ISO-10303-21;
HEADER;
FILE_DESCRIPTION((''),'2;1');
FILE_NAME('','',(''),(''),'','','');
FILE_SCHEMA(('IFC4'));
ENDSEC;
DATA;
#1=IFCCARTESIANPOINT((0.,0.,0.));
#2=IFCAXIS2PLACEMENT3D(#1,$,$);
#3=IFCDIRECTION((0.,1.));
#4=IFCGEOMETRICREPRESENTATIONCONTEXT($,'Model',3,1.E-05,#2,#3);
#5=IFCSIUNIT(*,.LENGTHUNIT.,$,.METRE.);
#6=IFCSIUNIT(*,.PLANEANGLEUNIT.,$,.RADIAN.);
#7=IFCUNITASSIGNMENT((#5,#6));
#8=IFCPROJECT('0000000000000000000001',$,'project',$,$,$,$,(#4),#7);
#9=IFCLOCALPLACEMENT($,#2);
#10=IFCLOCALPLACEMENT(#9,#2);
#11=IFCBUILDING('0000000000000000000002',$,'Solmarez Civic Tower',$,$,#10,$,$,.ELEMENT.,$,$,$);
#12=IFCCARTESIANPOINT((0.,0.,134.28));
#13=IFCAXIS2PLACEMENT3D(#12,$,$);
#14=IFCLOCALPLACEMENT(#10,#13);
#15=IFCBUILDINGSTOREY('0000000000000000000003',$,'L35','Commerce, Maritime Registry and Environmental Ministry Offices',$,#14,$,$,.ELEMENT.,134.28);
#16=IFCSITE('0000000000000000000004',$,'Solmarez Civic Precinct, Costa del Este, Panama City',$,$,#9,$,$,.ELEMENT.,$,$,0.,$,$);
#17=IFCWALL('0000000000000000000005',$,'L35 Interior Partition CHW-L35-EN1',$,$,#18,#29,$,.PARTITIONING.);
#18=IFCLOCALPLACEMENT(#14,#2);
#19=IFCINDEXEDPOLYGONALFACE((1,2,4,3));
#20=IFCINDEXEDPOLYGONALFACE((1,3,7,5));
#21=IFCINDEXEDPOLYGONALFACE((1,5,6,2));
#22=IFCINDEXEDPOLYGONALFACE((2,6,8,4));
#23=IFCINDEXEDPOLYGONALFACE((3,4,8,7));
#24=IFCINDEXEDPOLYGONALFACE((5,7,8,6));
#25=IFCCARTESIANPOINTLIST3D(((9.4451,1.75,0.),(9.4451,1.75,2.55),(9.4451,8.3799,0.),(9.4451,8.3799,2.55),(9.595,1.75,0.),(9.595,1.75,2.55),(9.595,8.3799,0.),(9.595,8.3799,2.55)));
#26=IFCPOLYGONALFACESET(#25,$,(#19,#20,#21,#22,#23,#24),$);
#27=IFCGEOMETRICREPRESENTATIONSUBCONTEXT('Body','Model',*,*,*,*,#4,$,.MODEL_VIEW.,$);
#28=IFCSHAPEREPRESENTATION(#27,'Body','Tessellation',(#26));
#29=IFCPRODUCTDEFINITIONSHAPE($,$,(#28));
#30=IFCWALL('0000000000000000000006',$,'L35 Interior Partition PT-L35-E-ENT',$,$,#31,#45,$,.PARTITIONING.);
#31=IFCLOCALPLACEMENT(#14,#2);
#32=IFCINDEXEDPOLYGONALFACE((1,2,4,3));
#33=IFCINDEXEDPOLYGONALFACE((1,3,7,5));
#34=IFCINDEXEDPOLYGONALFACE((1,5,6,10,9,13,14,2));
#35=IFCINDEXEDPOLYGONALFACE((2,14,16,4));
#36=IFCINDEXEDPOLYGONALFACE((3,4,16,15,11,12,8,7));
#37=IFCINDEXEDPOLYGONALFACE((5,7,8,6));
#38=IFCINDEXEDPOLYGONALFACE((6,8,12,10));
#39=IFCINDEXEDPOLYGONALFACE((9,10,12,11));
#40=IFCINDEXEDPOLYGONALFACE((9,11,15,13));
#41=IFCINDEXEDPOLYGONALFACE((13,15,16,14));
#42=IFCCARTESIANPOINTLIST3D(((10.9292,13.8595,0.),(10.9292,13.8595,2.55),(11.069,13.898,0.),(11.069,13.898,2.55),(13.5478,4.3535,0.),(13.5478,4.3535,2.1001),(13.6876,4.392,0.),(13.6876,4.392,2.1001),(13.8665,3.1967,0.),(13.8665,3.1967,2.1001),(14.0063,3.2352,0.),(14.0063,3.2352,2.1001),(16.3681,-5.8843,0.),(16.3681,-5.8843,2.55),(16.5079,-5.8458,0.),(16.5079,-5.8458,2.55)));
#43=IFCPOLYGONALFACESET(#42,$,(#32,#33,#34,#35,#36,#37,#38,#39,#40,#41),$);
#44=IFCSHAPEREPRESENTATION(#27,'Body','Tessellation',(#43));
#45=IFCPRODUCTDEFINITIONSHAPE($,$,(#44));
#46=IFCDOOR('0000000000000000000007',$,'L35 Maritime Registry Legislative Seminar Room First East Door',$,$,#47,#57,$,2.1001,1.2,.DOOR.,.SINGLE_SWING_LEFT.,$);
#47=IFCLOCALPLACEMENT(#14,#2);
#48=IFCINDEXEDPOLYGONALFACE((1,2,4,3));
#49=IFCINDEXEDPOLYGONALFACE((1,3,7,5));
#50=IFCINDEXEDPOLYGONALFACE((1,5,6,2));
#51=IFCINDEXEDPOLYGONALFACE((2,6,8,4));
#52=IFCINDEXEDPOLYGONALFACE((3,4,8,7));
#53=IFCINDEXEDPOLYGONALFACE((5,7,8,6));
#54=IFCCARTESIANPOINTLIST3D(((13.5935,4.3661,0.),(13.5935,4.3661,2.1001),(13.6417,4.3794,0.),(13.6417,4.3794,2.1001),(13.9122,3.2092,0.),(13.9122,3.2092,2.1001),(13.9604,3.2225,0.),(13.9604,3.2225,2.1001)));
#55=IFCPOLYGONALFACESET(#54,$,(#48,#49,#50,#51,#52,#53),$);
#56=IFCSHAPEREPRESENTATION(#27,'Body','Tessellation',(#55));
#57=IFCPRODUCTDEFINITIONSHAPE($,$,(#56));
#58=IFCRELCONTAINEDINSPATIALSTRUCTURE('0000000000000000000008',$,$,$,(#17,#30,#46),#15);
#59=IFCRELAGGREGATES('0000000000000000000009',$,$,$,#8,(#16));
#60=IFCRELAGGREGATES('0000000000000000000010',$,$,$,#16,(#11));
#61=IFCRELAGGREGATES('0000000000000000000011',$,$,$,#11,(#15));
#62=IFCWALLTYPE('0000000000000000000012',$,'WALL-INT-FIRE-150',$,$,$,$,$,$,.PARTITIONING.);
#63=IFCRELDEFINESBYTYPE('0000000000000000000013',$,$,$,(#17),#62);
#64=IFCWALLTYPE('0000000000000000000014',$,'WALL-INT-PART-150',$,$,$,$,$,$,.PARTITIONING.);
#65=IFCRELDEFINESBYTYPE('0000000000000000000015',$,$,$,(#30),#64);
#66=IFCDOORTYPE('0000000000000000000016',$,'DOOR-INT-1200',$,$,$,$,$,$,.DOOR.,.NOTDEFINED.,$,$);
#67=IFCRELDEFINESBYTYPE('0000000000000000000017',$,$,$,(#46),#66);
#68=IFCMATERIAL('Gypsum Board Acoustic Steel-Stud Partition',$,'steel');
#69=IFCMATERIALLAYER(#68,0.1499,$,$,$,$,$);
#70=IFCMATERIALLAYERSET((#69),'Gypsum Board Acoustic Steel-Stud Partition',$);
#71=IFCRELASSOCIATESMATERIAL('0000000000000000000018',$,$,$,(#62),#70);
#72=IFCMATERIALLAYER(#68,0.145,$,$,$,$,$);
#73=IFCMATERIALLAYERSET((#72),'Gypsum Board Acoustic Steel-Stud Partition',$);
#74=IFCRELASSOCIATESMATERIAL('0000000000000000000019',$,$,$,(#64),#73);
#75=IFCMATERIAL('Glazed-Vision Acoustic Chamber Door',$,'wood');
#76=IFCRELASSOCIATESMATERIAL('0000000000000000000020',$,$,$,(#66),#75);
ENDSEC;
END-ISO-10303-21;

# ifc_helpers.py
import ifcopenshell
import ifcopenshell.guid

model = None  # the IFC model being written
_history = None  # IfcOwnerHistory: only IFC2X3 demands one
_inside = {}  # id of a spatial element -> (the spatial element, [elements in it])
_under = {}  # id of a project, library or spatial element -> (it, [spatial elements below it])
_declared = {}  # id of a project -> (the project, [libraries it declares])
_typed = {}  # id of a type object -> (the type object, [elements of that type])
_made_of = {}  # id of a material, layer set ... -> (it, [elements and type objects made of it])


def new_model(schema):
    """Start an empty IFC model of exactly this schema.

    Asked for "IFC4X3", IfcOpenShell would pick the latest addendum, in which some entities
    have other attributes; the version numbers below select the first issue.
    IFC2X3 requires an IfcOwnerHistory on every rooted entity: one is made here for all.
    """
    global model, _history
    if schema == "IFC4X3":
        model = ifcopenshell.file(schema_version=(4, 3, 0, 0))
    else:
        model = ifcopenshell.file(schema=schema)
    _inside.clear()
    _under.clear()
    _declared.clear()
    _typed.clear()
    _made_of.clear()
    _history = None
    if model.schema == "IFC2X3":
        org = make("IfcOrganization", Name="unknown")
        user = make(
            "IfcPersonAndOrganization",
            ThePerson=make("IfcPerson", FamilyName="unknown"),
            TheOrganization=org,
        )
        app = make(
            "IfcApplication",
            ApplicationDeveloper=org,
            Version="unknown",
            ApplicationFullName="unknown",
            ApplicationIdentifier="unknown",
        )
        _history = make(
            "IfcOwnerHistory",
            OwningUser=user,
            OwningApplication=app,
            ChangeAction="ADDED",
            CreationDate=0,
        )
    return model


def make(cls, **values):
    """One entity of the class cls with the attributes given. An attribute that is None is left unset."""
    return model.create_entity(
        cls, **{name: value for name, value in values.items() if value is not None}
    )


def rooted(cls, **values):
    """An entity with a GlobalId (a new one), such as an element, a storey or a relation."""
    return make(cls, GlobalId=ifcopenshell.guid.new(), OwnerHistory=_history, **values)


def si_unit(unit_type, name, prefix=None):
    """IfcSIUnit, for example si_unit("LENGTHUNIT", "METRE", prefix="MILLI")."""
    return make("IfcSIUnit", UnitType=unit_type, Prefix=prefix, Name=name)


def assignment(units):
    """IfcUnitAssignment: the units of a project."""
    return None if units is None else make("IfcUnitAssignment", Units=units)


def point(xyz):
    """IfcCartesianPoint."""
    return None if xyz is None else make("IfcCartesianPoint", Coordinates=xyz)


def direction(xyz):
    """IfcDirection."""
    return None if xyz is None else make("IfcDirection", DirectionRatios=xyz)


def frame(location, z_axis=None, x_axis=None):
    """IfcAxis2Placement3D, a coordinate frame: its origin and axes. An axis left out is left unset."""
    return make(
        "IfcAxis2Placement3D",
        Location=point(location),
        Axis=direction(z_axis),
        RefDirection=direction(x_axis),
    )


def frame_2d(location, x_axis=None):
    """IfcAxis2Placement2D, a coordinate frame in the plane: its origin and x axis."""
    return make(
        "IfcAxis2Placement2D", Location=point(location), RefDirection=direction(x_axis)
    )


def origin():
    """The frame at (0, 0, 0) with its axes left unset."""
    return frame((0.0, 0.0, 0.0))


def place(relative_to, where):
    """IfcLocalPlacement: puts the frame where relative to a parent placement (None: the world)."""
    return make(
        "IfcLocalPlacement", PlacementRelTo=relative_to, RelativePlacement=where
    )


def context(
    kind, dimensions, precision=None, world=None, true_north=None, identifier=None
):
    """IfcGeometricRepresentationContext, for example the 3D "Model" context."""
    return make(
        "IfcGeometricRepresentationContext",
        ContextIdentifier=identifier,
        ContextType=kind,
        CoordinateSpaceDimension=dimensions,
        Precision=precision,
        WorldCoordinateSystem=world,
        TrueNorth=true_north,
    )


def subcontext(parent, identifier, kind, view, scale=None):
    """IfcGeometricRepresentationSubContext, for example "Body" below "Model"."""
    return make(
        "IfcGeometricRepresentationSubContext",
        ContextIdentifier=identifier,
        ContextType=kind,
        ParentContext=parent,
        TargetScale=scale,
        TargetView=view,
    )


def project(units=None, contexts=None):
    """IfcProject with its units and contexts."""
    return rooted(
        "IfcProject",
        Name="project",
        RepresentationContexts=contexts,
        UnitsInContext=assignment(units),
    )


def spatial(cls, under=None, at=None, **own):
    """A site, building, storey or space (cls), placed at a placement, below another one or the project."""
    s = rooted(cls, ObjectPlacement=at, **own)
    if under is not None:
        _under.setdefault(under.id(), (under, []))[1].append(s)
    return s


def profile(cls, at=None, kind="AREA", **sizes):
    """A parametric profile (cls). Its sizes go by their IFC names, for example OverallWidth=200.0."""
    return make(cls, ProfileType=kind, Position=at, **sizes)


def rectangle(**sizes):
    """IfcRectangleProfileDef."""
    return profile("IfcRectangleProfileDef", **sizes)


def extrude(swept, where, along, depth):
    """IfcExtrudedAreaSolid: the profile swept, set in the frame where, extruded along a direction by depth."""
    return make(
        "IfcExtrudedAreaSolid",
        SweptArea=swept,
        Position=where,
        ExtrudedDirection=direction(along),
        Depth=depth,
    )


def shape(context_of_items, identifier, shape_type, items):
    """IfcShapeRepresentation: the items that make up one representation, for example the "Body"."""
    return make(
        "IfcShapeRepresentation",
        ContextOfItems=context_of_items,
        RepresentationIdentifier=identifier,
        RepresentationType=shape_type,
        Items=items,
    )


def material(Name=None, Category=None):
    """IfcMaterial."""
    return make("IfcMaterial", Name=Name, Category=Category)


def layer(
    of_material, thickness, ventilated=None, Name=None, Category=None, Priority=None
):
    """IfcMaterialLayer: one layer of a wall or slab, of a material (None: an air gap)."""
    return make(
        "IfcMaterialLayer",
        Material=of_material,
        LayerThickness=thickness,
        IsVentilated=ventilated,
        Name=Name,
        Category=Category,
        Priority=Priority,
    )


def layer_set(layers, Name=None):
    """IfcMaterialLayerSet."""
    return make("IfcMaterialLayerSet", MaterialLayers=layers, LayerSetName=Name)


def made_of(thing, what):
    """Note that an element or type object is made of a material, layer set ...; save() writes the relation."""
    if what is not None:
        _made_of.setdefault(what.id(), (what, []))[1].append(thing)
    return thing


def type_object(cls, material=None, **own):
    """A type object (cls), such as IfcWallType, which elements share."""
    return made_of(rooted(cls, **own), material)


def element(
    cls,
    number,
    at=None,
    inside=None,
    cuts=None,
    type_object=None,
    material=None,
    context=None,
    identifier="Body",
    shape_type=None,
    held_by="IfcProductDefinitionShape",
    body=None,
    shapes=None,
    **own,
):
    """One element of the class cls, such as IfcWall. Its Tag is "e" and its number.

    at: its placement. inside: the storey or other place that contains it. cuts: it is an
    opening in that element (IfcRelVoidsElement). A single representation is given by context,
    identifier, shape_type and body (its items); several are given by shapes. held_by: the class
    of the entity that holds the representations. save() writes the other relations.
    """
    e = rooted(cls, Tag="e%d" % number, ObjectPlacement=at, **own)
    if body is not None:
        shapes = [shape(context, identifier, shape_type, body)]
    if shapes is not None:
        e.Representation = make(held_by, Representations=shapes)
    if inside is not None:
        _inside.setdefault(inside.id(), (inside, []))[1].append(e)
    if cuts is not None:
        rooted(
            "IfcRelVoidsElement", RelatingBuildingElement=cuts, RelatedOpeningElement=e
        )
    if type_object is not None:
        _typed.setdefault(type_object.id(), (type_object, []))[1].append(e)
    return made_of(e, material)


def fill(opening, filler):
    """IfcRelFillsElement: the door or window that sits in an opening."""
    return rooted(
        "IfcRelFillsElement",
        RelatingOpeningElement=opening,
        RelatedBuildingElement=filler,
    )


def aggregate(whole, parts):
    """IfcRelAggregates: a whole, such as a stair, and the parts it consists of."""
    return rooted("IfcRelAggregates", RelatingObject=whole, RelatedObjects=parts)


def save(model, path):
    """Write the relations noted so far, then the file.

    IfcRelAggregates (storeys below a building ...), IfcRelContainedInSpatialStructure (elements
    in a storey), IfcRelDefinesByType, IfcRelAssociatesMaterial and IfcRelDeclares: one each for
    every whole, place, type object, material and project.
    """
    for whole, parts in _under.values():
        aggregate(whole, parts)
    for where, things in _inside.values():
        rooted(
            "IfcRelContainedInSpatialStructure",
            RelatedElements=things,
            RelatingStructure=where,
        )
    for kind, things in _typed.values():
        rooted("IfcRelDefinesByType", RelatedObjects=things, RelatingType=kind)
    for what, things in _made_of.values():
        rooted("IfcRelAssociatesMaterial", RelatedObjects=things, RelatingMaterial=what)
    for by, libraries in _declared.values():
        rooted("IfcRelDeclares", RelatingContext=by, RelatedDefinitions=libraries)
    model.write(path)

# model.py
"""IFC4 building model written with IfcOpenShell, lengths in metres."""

from ifc_helpers import new_model, si_unit, direction, frame, frame_2d, origin, place, context, subcontext, project, spatial, rectangle, extrude, material, layer, layer_set, type_object, element, fill, save


model = new_model("IFC4")

# Units and contexts
model_context = context("Model", 3, precision=1e-05, world=origin(), true_north=direction((0.0, 1.0)))
body_context = subcontext(model_context, "Body", "Model", "MODEL_VIEW")
ifc_project = project(units=[si_unit("LENGTHUNIT", "METRE"), si_unit("PLANEANGLEUNIT", "RADIAN")], contexts=[model_context])

# Site, building, storey
site_placement = place(None, origin())
site = spatial("IfcSite", under=ifc_project, at=site_placement, Name="Solmarez Civic Precinct, Costa del Este, Panama City", CompositionType="ELEMENT", RefElevation=0.0)
building_placement = place(site_placement, origin())
building = spatial("IfcBuilding", under=site, at=building_placement, Name="Solmarez Civic Tower", CompositionType="ELEMENT")
storey_placement = place(building_placement, frame((0.0, 0.0, 134.28)))
storey = spatial("IfcBuildingStorey", under=building, at=storey_placement, Name="L35", Description="Commerce, Maritime Registry and Environmental Ministry Offices", CompositionType="ELEMENT", Elevation=134.28)

# Wall
ifc_material_1 = material(Name="Gypsum Board Acoustic Steel-Stud Partition", Category="steel")
ifc_layer_1 = layer(ifc_material_1, 0.1499)
ifc_layer_set_1 = layer_set([ifc_layer_1], Name="Gypsum Board Acoustic Steel-Stud Partition")
wall_type_1 = type_object("IfcWallType", Name="WALL-INT-FIRE-150", PredefinedType="PARTITIONING", material=ifc_layer_set_1)
wall_1_placement = place(storey_placement, frame((9.52, 1.75, 0.0), z_axis=(0.0, 0.0, 1.0), x_axis=(0.0, 1.0, 0.0)))
element("IfcWall", 1, at=wall_1_placement, inside=storey, type_object=wall_type_1, Name="L35 Interior Partition CHW-L35-EN1", PredefinedType="PARTITIONING", context=body_context, shape_type="SweptSolid", body=[
    extrude(rectangle(XDim=6.6299, YDim=0.1499, at=frame_2d((3.3149, 0.0))), origin(), (0.0, 0.0, 1.0), 2.55),
])

# Wall, opening, door
ifc_layer_2 = layer(ifc_material_1, 0.145)
ifc_layer_set_2 = layer_set([ifc_layer_2], Name="Gypsum Board Acoustic Steel-Stud Partition")
wall_type_2 = type_object("IfcWallType", Name="WALL-INT-PART-150", PredefinedType="PARTITIONING", material=ifc_layer_set_2)
wall_2_placement = place(storey_placement, frame((10.999, 13.8789, 0.0), z_axis=(0.0, 0.0, 1.0), x_axis=(0.265583, -0.964088, 0.0)))
wall_2 = element("IfcWall", 2, at=wall_2_placement, inside=storey, type_object=wall_type_2, Name="L35 Interior Partition PT-L35-E-ENT", PredefinedType="PARTITIONING", context=body_context, shape_type="SweptSolid", body=[
    extrude(rectangle(XDim=20.4792, YDim=0.145, at=frame_2d((10.2397, 0.0))), origin(), (0.0, 0.0, 1.0), 2.55),
])
opening_1_placement = place(wall_2_placement, frame((9.8601, 0.0, 0.0)))
opening_1 = element("IfcOpeningElement", 3, at=opening_1_placement, cuts=wall_2, PredefinedType="OPENING", context=body_context, shape_type="SweptSolid", body=[
    extrude(rectangle(XDim=1.2, YDim=2.1001, at=frame_2d((0.6001, 1.05))), frame((0.0, 0.0825, 0.0), z_axis=(0.0, -1.0, 0.0), x_axis=(1.0, 0.0, 0.0)), (0.0, 0.0, 1.0), 0.165),
])
ifc_material_2 = material(Name="Glazed-Vision Acoustic Chamber Door", Category="wood")
door_type_1 = type_object("IfcDoorType", Name="DOOR-INT-1200", OperationType="NOTDEFINED", PredefinedType="DOOR", material=ifc_material_2)
door_1_placement = place(opening_1_placement, origin())
door_1 = element("IfcDoor", 4, at=door_1_placement, inside=storey, type_object=door_type_1, Name="L35 Maritime Registry Legislative Seminar Room First East Door", OperationType="SINGLE_SWING_LEFT", OverallHeight=2.1001, OverallWidth=1.2, PredefinedType="DOOR", context=body_context, shape_type="SweptSolid", body=[
    extrude(rectangle(XDim=1.2, YDim=2.1001, at=frame_2d((0.6001, 1.05))), frame((0.0, 0.0249, 0.0), z_axis=(0.0, -1.0, 0.0), x_axis=(1.0, 0.0, 0.0)), (0.0, 0.0, 1.0), 0.05),
])
fill(opening_1, door_1)

save(model, "model.ifc")
